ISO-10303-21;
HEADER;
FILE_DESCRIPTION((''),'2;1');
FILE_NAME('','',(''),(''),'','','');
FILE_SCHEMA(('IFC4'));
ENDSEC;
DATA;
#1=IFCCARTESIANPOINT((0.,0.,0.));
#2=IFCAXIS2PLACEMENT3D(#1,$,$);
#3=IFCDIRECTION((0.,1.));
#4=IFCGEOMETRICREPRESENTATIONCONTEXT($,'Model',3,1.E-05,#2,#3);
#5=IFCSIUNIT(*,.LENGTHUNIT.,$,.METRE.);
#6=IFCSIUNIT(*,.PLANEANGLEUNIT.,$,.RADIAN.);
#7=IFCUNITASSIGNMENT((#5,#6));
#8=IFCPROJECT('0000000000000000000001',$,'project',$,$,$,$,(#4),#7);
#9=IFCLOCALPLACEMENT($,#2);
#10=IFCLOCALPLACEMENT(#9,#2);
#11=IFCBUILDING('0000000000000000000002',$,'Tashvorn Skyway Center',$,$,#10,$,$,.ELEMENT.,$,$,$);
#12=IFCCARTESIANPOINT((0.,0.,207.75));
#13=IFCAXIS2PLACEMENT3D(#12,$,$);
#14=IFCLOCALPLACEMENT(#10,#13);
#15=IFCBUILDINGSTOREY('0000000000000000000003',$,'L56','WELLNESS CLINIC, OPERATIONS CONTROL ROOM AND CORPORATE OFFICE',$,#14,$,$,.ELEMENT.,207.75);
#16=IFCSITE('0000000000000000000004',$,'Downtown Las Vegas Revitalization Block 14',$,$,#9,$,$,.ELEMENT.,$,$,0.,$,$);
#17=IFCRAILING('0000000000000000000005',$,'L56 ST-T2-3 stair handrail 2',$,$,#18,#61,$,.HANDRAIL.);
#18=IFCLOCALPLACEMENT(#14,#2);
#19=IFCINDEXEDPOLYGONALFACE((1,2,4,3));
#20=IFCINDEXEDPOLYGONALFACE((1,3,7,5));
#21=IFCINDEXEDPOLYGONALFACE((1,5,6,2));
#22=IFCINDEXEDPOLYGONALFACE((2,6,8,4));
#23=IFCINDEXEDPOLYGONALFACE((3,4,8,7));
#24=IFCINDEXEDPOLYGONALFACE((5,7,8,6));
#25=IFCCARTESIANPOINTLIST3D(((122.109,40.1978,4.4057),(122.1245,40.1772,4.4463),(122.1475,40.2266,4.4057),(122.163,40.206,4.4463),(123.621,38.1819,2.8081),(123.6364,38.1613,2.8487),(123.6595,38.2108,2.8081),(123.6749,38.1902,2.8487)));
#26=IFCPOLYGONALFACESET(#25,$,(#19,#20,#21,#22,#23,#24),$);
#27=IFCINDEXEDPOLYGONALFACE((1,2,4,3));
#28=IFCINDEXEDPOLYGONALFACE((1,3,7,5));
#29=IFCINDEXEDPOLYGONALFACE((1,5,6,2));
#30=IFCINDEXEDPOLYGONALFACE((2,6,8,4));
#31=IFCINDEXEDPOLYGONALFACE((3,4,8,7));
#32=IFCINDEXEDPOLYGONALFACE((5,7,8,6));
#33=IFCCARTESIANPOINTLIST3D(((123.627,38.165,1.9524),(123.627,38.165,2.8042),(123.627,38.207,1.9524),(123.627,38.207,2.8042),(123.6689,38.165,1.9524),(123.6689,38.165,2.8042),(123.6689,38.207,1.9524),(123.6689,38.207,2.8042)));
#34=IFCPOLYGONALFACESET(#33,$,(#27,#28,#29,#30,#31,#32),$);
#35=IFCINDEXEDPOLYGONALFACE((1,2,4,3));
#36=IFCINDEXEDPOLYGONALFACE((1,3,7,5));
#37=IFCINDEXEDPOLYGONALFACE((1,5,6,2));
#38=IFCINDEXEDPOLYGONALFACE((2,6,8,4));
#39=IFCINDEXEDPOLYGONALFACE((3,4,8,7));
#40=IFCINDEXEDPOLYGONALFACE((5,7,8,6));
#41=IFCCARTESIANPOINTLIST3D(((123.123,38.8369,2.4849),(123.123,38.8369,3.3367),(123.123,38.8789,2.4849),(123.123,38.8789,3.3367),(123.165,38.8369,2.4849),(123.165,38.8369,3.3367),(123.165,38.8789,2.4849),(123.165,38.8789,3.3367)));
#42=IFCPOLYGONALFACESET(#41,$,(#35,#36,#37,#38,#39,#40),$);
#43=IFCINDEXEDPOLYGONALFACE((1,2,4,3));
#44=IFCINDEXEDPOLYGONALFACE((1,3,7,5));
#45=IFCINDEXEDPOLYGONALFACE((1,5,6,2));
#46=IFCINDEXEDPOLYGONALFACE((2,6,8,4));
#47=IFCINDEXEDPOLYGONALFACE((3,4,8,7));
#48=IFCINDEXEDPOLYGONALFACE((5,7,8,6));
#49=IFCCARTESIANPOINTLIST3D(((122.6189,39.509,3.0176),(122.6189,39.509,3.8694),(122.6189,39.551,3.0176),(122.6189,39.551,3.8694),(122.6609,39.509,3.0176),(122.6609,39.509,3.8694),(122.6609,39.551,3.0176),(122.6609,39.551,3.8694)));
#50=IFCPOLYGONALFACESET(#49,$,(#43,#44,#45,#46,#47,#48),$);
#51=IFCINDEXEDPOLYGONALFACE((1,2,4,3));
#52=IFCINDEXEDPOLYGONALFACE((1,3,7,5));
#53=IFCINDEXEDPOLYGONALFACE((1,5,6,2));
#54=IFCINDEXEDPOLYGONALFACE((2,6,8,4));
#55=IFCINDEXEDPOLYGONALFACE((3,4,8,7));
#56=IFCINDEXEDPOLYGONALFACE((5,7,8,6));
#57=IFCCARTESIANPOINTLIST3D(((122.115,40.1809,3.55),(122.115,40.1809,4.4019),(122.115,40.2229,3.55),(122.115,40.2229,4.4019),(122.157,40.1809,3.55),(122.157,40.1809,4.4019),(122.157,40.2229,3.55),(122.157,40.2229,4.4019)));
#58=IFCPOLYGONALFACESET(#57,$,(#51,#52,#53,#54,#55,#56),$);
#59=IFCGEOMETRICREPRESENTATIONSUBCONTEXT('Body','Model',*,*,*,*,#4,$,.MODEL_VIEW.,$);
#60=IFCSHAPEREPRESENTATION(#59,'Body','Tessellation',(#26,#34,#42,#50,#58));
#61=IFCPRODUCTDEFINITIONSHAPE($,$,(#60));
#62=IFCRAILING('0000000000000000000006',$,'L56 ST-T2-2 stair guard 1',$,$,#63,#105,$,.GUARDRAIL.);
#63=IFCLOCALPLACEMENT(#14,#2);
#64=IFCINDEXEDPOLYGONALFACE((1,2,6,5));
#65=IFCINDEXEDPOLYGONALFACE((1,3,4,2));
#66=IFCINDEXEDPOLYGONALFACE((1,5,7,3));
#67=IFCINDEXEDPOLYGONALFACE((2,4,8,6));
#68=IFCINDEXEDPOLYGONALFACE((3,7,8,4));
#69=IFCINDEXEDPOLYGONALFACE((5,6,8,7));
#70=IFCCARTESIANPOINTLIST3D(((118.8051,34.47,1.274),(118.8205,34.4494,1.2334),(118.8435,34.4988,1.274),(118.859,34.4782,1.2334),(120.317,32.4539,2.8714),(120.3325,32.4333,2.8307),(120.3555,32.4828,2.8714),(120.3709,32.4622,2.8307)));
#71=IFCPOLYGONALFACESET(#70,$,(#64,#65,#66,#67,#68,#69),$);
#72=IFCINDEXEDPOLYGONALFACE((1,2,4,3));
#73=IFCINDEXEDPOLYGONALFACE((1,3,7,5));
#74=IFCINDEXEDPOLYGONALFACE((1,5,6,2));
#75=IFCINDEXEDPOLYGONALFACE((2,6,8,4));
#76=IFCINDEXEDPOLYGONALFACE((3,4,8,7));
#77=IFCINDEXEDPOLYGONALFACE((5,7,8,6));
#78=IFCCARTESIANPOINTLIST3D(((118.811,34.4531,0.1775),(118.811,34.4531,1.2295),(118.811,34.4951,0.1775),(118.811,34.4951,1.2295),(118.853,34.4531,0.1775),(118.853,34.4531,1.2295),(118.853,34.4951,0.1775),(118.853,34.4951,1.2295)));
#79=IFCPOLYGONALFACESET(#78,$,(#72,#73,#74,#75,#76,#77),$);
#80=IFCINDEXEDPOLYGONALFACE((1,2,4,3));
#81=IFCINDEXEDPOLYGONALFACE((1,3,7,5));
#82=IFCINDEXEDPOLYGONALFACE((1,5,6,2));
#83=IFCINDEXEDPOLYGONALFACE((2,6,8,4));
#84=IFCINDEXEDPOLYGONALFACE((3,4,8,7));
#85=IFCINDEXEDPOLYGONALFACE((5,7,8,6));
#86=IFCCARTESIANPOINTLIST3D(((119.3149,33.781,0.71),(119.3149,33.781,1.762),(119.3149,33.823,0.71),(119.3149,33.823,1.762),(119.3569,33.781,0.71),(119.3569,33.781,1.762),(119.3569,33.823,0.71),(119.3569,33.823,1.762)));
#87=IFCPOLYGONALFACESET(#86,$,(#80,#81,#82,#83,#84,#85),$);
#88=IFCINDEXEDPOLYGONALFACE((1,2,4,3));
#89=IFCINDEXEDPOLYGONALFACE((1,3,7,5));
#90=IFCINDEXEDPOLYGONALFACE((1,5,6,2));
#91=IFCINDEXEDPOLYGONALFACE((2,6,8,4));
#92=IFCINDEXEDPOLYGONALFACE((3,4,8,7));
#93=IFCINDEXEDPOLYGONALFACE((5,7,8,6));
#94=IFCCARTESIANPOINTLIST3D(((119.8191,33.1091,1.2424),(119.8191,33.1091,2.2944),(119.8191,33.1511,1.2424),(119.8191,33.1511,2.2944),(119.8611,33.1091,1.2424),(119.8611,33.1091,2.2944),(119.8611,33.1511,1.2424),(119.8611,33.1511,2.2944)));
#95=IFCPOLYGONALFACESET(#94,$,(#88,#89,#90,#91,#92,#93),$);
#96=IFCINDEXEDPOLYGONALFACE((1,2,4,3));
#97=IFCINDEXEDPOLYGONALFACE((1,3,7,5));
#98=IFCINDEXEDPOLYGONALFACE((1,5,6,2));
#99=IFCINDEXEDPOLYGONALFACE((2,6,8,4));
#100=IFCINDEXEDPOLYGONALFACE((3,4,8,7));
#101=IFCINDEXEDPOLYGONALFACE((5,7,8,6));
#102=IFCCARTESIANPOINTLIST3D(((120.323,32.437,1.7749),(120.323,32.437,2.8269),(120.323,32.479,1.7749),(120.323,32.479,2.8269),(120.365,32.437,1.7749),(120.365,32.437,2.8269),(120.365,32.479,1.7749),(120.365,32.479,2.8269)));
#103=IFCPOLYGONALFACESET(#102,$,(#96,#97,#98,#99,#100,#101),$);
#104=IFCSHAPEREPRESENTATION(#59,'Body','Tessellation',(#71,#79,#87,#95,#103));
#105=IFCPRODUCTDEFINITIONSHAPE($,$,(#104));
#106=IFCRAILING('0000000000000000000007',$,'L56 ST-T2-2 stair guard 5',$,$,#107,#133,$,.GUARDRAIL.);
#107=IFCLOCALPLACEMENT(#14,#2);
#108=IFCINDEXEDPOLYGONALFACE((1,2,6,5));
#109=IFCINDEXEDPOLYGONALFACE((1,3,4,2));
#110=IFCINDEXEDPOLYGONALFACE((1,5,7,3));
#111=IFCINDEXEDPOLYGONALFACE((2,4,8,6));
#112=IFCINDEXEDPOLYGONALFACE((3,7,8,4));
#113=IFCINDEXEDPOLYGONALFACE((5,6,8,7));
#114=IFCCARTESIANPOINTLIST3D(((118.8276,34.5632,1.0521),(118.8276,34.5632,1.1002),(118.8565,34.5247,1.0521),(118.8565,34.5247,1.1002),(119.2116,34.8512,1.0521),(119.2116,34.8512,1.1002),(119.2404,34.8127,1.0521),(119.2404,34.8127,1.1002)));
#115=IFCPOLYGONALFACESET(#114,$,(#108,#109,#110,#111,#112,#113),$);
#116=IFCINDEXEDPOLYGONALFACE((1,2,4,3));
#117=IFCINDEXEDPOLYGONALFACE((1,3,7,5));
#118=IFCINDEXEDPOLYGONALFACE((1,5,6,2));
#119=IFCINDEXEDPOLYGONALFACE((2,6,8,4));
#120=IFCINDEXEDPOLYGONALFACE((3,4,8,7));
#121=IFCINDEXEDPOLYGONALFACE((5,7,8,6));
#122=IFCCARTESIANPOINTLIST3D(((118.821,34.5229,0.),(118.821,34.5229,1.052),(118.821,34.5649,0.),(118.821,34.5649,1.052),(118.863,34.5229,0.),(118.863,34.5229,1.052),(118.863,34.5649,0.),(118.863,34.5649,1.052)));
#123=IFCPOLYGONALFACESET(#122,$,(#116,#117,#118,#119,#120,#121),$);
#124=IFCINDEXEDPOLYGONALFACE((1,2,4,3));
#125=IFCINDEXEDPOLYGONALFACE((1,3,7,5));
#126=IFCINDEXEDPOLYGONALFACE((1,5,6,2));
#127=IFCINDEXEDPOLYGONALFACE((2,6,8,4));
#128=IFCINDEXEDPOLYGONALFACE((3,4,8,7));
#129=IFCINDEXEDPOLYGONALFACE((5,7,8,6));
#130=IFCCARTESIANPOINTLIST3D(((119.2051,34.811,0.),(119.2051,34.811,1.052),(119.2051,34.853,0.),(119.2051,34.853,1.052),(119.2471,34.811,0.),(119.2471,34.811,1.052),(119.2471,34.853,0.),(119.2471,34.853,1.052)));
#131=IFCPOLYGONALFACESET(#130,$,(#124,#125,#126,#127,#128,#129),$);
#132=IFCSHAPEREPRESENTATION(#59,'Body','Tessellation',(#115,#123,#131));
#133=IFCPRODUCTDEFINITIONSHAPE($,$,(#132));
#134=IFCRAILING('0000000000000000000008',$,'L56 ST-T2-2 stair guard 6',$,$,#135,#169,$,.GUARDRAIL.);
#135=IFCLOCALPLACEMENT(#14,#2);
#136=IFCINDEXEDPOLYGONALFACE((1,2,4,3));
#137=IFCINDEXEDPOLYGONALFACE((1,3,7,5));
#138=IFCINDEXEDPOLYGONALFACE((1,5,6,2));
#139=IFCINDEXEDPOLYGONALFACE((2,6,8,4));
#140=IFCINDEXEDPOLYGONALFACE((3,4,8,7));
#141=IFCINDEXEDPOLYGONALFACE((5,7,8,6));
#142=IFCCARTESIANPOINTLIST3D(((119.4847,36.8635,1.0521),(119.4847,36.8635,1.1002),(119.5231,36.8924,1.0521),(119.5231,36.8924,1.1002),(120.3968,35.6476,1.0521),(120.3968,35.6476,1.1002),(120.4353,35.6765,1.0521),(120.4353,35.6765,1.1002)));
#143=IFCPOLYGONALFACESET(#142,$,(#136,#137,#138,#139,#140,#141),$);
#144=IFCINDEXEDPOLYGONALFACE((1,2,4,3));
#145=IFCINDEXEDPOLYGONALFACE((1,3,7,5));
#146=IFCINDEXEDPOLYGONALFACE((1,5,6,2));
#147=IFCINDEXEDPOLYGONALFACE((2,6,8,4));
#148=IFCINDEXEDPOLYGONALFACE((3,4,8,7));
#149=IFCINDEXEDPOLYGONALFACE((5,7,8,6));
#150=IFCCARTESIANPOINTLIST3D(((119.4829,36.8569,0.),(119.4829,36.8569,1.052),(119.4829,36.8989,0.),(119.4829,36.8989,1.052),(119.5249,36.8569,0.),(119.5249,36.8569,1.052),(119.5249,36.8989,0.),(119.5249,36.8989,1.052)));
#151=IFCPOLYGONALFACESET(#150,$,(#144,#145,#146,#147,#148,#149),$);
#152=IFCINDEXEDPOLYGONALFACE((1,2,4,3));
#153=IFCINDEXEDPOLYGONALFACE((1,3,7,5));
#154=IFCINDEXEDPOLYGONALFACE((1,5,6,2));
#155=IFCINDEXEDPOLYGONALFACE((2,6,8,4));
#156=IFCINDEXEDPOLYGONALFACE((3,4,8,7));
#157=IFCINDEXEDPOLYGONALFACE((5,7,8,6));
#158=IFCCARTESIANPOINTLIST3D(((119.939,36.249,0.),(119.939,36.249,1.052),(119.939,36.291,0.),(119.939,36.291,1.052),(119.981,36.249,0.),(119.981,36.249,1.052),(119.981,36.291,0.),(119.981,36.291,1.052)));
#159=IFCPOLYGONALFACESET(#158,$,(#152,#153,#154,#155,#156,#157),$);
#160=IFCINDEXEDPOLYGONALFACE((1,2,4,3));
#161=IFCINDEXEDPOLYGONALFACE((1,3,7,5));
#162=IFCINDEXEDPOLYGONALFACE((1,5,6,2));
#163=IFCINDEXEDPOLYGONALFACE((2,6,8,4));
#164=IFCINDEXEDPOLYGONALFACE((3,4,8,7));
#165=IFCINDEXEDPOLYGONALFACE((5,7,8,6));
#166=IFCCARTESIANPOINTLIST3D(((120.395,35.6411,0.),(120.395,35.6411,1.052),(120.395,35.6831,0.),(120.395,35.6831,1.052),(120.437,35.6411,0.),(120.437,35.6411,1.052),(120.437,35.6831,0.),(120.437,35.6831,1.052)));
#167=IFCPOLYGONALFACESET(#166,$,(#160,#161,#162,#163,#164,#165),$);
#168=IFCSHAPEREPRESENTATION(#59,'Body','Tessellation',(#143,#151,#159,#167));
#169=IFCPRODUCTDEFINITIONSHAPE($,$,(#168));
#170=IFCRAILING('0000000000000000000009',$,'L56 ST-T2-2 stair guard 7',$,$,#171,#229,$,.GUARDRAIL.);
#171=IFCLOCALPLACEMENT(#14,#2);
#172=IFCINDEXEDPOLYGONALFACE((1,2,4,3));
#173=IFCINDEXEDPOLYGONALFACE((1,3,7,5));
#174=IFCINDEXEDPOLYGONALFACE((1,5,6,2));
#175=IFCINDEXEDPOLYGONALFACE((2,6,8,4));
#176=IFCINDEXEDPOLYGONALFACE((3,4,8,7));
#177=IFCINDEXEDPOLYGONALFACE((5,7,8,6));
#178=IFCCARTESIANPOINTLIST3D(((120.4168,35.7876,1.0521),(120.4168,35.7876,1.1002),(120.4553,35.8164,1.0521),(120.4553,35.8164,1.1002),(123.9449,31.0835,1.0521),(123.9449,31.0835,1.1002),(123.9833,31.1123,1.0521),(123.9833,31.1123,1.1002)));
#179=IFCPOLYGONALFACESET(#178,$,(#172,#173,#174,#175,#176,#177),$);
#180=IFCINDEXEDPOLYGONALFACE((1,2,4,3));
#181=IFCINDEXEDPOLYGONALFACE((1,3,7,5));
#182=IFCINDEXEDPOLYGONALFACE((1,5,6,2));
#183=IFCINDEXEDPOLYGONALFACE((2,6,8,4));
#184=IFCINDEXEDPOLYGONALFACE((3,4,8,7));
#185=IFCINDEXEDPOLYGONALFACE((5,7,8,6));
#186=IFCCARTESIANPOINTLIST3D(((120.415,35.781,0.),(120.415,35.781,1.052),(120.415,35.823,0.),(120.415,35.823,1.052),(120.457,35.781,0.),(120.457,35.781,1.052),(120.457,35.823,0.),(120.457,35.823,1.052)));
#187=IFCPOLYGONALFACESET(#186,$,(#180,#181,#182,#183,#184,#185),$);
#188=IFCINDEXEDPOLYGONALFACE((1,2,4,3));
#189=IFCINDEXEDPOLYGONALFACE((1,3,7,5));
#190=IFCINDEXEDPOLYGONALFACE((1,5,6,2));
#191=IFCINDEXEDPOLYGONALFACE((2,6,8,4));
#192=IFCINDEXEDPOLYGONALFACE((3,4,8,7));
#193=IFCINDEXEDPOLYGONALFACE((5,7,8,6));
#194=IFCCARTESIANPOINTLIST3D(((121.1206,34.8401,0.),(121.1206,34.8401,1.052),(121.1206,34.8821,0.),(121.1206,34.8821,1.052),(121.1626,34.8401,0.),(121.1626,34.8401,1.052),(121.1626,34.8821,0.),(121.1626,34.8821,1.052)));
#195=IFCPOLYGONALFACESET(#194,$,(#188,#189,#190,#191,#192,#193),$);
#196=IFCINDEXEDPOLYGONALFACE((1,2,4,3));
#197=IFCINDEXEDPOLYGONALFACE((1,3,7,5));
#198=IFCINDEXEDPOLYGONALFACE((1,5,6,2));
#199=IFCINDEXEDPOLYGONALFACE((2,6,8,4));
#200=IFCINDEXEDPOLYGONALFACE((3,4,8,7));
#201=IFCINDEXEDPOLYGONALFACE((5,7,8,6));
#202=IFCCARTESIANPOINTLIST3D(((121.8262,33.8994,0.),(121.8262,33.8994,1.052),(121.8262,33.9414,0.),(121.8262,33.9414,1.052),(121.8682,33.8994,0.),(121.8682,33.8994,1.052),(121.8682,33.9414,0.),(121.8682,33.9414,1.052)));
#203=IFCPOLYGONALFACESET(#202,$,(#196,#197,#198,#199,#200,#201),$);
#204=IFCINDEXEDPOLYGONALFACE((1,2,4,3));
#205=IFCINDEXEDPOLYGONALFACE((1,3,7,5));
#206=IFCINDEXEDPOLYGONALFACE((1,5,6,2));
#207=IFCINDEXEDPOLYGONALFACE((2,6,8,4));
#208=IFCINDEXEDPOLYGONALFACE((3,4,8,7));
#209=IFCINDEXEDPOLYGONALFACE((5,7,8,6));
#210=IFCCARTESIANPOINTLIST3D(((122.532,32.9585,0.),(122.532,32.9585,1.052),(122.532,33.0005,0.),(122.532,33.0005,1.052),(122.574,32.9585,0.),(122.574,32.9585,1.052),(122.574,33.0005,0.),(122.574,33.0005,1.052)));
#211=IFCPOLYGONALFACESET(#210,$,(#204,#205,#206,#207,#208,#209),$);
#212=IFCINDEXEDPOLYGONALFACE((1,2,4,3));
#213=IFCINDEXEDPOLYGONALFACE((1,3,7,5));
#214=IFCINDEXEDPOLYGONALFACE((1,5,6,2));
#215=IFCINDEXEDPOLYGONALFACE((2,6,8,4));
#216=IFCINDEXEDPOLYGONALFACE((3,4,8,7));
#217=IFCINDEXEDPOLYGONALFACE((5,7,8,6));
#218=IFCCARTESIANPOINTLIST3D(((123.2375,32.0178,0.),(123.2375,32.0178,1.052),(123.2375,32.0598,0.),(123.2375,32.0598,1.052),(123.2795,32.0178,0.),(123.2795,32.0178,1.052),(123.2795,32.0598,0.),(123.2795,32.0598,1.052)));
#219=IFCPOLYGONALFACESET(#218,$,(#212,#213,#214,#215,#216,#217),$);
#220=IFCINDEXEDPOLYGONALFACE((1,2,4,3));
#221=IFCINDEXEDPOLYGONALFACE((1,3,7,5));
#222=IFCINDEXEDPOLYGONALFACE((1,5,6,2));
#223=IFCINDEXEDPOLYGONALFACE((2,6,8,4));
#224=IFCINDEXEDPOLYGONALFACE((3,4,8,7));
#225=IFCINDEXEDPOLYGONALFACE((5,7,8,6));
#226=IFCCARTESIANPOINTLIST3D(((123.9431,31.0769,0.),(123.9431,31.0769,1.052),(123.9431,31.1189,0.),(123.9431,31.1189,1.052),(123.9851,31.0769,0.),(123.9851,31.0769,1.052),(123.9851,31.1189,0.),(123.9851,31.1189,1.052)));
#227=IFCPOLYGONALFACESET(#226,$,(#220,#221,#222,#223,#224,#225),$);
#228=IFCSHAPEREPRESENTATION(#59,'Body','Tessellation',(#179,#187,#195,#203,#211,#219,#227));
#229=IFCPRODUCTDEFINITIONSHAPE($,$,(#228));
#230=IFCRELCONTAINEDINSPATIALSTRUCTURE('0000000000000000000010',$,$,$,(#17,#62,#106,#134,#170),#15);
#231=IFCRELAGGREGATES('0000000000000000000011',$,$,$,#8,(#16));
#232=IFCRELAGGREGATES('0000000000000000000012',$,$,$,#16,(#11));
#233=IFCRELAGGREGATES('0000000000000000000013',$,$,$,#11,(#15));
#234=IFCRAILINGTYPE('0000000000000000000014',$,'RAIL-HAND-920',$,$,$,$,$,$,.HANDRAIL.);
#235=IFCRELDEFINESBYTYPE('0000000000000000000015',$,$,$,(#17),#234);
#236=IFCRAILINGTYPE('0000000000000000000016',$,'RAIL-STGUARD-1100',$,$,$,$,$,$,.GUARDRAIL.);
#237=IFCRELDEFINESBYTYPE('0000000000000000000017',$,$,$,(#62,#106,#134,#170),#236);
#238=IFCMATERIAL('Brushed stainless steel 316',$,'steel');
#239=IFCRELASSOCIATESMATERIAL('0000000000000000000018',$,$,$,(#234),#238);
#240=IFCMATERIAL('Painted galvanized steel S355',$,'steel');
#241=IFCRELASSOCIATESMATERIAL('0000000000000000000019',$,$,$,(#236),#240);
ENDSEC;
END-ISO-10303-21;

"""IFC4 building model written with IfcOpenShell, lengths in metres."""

from ifc_helpers import new_model, si_unit, direction, frame, origin, origin_2d, place, context, subcontext, project, spatial, rectangle, extrude, material, type_object, element, save


model = new_model("IFC4")

# Units and contexts
model_context = context("Model", 3, precision=1e-05, world=origin(), true_north=direction((0.0, 1.0)))
body_context = subcontext(model_context, "Body", "Model", "MODEL_VIEW")
ifc_project = project(units=[si_unit("LENGTHUNIT", "METRE"), si_unit("PLANEANGLEUNIT", "RADIAN")], contexts=[model_context])

# Site, building, storey
site_placement = place(None, origin())
site = spatial("IfcSite", under=ifc_project, at=site_placement, Name="Downtown Las Vegas Revitalization Block 14", CompositionType="ELEMENT", RefElevation=0.0)
building_placement = place(site_placement, origin())
building = spatial("IfcBuilding", under=site, at=building_placement, Name="Tashvorn Skyway Center", CompositionType="ELEMENT")
storey_placement = place(building_placement, frame((0.0, 0.0, 207.75)))
storey = spatial("IfcBuildingStorey", under=building, at=storey_placement, Name="L56", Description="WELLNESS CLINIC, OPERATIONS CONTROL ROOM AND CORPORATE OFFICE", CompositionType="ELEMENT", Elevation=207.75)

# Railings
ifc_material_1 = material(Name="Brushed stainless steel 316", Category="steel")
railing_type_1 = type_object("IfcRailingType", Name="RAIL-HAND-920", PredefinedType="HANDRAIL", material=ifc_material_1)
railing_1_placement = place(storey_placement, frame((123.6479, 38.186, 1.9524)))
element("IfcRailing", 1, at=railing_1_placement, inside=storey, type_object=railing_type_1, Name="L56 ST-T2-3 stair handrail 2", PredefinedType="HANDRAIL", context=body_context, shape_type="SweptSolid", body=[
    extrude(rectangle(XDim=0.0481, YDim=0.0481, at=origin_2d()), frame((0.0, 0.0, 0.876), z_axis=(-0.506747, 0.675635, 0.535467), x_axis=(-0.799988, -0.600016, 0.0)), (0.0, 0.0, 1.0), 2.9836),
    extrude(rectangle(XDim=0.042, YDim=0.042, at=origin_2d()), origin(), (0.0, 0.0, 1.0), 0.8518),
    extrude(rectangle(XDim=0.042, YDim=0.042, at=origin_2d()), frame((-0.5039, 0.6719, 0.5325)), (0.0, 0.0, 1.0), 0.8518),
    extrude(rectangle(XDim=0.042, YDim=0.042, at=origin_2d()), frame((-1.0081, 1.344, 1.0652)), (0.0, 0.0, 1.0), 0.8518),
    extrude(rectangle(XDim=0.042, YDim=0.042, at=origin_2d()), frame((-1.512, 2.0159, 1.5977)), (0.0, 0.0, 1.0), 0.8518),
])
ifc_material_2 = material(Name="Painted galvanized steel S355", Category="steel")
railing_type_2 = type_object("IfcRailingType", Name="RAIL-STGUARD-1100", PredefinedType="GUARDRAIL", material=ifc_material_2)
railing_2_placement = place(storey_placement, frame((118.832, 34.4741, 0.1775)))
element("IfcRailing", 2, at=railing_2_placement, inside=storey, type_object=railing_type_2, Name="L56 ST-T2-2 stair guard 1", PredefinedType="GUARDRAIL", context=body_context, shape_type="SweptSolid", body=[
    extrude(rectangle(XDim=0.0481, YDim=0.0481, at=origin_2d()), frame((0.0, 0.0, 1.0762), z_axis=(0.506741, -0.675709, 0.535379), x_axis=(0.800023, 0.599969, 0.0)), (0.0, 0.0, 1.0), 2.9836),
    extrude(rectangle(XDim=0.042, YDim=0.042, at=origin_2d()), origin(), (0.0, 0.0, 1.0), 1.052),
    extrude(rectangle(XDim=0.042, YDim=0.042, at=origin_2d()), frame((0.5039, -0.6721, 0.5325)), (0.0, 0.0, 1.0), 1.052),
    extrude(rectangle(XDim=0.042, YDim=0.042, at=origin_2d()), frame((1.0081, -1.344, 1.0649)), (0.0, 0.0, 1.0), 1.052),
    extrude(rectangle(XDim=0.042, YDim=0.042, at=origin_2d()), frame((1.512, -2.0161, 1.5974)), (0.0, 0.0, 1.0), 1.052),
])
railing_3_placement = place(storey_placement, frame((118.842, 34.5439, 0.0)))
element("IfcRailing", 3, at=railing_3_placement, inside=storey, type_object=railing_type_2, Name="L56 ST-T2-2 stair guard 5", PredefinedType="GUARDRAIL", context=body_context, shape_type="SweptSolid", body=[
    extrude(rectangle(XDim=0.0481, YDim=0.0481, at=origin_2d()), frame((0.0, 0.0, 1.0762), z_axis=(0.799939, 0.600081, 0.0), x_axis=(-0.600081, 0.799939, 0.0)), (0.0, 0.0, 1.0), 0.48),
    extrude(rectangle(XDim=0.042, YDim=0.042, at=origin_2d()), origin(), (0.0, 0.0, 1.0), 1.052),
    extrude(rectangle(XDim=0.042, YDim=0.042, at=origin_2d()), frame((0.384, 0.2881, 0.0)), (0.0, 0.0, 1.0), 1.052),
])
railing_4_placement = place(storey_placement, frame((119.5039, 36.8779, 0.0)))
element("IfcRailing", 4, at=railing_4_placement, inside=storey, type_object=railing_type_2, Name="L56 ST-T2-2 stair guard 6", PredefinedType="GUARDRAIL", context=body_context, shape_type="SweptSolid", body=[
    extrude(rectangle(XDim=0.0481, YDim=0.0481, at=origin_2d()), frame((0.0, 0.0, 1.0762), z_axis=(0.600103, -0.799923, 0.0), x_axis=(0.799923, 0.600103, 0.0)), (0.0, 0.0, 1.0), 1.52),
    extrude(rectangle(XDim=0.042, YDim=0.042, at=origin_2d()), origin(), (0.0, 0.0, 1.0), 1.052),
    extrude(rectangle(XDim=0.042, YDim=0.042, at=origin_2d()), frame((0.4561, -0.6079, 0.0)), (0.0, 0.0, 1.0), 1.052),
    extrude(rectangle(XDim=0.042, YDim=0.042, at=origin_2d()), frame((0.9121, -1.2158, 0.0)), (0.0, 0.0, 1.0), 1.052),
])
railing_5_placement = place(storey_placement, frame((120.436, 35.802, 0.0)))
element("IfcRailing", 5, at=railing_5_placement, inside=storey, type_object=railing_type_2, Name="L56 ST-T2-2 stair guard 7", PredefinedType="GUARDRAIL", context=body_context, shape_type="SweptSolid", body=[
    extrude(rectangle(XDim=0.0481, YDim=0.0481, at=origin_2d()), frame((0.0, 0.0, 1.0762), z_axis=(0.6, -0.8, 0.0), x_axis=(0.8, 0.6, 0.0)), (0.0, 0.0, 1.0), 5.8801),
    extrude(rectangle(XDim=0.042, YDim=0.042, at=origin_2d()), origin(), (0.0, 0.0, 1.0), 1.052),
    extrude(rectangle(XDim=0.042, YDim=0.042, at=origin_2d()), frame((0.7056, -0.9409, 0.0)), (0.0, 0.0, 1.0), 1.052),
    extrude(rectangle(XDim=0.042, YDim=0.042, at=origin_2d()), frame((1.4111, -1.8816, 0.0)), (0.0, 0.0, 1.0), 1.052),
    extrude(rectangle(XDim=0.042, YDim=0.042, at=origin_2d()), frame((2.1169, -2.8225, 0.0)), (0.0, 0.0, 1.0), 1.052),
    extrude(rectangle(XDim=0.042, YDim=0.042, at=origin_2d()), frame((2.8225, -3.7632, 0.0)), (0.0, 0.0, 1.0), 1.052),
    extrude(rectangle(XDim=0.042, YDim=0.042, at=origin_2d()), frame((3.5281, -4.7041, 0.0)), (0.0, 0.0, 1.0), 1.052),
])

save(model, "model.ifc")
